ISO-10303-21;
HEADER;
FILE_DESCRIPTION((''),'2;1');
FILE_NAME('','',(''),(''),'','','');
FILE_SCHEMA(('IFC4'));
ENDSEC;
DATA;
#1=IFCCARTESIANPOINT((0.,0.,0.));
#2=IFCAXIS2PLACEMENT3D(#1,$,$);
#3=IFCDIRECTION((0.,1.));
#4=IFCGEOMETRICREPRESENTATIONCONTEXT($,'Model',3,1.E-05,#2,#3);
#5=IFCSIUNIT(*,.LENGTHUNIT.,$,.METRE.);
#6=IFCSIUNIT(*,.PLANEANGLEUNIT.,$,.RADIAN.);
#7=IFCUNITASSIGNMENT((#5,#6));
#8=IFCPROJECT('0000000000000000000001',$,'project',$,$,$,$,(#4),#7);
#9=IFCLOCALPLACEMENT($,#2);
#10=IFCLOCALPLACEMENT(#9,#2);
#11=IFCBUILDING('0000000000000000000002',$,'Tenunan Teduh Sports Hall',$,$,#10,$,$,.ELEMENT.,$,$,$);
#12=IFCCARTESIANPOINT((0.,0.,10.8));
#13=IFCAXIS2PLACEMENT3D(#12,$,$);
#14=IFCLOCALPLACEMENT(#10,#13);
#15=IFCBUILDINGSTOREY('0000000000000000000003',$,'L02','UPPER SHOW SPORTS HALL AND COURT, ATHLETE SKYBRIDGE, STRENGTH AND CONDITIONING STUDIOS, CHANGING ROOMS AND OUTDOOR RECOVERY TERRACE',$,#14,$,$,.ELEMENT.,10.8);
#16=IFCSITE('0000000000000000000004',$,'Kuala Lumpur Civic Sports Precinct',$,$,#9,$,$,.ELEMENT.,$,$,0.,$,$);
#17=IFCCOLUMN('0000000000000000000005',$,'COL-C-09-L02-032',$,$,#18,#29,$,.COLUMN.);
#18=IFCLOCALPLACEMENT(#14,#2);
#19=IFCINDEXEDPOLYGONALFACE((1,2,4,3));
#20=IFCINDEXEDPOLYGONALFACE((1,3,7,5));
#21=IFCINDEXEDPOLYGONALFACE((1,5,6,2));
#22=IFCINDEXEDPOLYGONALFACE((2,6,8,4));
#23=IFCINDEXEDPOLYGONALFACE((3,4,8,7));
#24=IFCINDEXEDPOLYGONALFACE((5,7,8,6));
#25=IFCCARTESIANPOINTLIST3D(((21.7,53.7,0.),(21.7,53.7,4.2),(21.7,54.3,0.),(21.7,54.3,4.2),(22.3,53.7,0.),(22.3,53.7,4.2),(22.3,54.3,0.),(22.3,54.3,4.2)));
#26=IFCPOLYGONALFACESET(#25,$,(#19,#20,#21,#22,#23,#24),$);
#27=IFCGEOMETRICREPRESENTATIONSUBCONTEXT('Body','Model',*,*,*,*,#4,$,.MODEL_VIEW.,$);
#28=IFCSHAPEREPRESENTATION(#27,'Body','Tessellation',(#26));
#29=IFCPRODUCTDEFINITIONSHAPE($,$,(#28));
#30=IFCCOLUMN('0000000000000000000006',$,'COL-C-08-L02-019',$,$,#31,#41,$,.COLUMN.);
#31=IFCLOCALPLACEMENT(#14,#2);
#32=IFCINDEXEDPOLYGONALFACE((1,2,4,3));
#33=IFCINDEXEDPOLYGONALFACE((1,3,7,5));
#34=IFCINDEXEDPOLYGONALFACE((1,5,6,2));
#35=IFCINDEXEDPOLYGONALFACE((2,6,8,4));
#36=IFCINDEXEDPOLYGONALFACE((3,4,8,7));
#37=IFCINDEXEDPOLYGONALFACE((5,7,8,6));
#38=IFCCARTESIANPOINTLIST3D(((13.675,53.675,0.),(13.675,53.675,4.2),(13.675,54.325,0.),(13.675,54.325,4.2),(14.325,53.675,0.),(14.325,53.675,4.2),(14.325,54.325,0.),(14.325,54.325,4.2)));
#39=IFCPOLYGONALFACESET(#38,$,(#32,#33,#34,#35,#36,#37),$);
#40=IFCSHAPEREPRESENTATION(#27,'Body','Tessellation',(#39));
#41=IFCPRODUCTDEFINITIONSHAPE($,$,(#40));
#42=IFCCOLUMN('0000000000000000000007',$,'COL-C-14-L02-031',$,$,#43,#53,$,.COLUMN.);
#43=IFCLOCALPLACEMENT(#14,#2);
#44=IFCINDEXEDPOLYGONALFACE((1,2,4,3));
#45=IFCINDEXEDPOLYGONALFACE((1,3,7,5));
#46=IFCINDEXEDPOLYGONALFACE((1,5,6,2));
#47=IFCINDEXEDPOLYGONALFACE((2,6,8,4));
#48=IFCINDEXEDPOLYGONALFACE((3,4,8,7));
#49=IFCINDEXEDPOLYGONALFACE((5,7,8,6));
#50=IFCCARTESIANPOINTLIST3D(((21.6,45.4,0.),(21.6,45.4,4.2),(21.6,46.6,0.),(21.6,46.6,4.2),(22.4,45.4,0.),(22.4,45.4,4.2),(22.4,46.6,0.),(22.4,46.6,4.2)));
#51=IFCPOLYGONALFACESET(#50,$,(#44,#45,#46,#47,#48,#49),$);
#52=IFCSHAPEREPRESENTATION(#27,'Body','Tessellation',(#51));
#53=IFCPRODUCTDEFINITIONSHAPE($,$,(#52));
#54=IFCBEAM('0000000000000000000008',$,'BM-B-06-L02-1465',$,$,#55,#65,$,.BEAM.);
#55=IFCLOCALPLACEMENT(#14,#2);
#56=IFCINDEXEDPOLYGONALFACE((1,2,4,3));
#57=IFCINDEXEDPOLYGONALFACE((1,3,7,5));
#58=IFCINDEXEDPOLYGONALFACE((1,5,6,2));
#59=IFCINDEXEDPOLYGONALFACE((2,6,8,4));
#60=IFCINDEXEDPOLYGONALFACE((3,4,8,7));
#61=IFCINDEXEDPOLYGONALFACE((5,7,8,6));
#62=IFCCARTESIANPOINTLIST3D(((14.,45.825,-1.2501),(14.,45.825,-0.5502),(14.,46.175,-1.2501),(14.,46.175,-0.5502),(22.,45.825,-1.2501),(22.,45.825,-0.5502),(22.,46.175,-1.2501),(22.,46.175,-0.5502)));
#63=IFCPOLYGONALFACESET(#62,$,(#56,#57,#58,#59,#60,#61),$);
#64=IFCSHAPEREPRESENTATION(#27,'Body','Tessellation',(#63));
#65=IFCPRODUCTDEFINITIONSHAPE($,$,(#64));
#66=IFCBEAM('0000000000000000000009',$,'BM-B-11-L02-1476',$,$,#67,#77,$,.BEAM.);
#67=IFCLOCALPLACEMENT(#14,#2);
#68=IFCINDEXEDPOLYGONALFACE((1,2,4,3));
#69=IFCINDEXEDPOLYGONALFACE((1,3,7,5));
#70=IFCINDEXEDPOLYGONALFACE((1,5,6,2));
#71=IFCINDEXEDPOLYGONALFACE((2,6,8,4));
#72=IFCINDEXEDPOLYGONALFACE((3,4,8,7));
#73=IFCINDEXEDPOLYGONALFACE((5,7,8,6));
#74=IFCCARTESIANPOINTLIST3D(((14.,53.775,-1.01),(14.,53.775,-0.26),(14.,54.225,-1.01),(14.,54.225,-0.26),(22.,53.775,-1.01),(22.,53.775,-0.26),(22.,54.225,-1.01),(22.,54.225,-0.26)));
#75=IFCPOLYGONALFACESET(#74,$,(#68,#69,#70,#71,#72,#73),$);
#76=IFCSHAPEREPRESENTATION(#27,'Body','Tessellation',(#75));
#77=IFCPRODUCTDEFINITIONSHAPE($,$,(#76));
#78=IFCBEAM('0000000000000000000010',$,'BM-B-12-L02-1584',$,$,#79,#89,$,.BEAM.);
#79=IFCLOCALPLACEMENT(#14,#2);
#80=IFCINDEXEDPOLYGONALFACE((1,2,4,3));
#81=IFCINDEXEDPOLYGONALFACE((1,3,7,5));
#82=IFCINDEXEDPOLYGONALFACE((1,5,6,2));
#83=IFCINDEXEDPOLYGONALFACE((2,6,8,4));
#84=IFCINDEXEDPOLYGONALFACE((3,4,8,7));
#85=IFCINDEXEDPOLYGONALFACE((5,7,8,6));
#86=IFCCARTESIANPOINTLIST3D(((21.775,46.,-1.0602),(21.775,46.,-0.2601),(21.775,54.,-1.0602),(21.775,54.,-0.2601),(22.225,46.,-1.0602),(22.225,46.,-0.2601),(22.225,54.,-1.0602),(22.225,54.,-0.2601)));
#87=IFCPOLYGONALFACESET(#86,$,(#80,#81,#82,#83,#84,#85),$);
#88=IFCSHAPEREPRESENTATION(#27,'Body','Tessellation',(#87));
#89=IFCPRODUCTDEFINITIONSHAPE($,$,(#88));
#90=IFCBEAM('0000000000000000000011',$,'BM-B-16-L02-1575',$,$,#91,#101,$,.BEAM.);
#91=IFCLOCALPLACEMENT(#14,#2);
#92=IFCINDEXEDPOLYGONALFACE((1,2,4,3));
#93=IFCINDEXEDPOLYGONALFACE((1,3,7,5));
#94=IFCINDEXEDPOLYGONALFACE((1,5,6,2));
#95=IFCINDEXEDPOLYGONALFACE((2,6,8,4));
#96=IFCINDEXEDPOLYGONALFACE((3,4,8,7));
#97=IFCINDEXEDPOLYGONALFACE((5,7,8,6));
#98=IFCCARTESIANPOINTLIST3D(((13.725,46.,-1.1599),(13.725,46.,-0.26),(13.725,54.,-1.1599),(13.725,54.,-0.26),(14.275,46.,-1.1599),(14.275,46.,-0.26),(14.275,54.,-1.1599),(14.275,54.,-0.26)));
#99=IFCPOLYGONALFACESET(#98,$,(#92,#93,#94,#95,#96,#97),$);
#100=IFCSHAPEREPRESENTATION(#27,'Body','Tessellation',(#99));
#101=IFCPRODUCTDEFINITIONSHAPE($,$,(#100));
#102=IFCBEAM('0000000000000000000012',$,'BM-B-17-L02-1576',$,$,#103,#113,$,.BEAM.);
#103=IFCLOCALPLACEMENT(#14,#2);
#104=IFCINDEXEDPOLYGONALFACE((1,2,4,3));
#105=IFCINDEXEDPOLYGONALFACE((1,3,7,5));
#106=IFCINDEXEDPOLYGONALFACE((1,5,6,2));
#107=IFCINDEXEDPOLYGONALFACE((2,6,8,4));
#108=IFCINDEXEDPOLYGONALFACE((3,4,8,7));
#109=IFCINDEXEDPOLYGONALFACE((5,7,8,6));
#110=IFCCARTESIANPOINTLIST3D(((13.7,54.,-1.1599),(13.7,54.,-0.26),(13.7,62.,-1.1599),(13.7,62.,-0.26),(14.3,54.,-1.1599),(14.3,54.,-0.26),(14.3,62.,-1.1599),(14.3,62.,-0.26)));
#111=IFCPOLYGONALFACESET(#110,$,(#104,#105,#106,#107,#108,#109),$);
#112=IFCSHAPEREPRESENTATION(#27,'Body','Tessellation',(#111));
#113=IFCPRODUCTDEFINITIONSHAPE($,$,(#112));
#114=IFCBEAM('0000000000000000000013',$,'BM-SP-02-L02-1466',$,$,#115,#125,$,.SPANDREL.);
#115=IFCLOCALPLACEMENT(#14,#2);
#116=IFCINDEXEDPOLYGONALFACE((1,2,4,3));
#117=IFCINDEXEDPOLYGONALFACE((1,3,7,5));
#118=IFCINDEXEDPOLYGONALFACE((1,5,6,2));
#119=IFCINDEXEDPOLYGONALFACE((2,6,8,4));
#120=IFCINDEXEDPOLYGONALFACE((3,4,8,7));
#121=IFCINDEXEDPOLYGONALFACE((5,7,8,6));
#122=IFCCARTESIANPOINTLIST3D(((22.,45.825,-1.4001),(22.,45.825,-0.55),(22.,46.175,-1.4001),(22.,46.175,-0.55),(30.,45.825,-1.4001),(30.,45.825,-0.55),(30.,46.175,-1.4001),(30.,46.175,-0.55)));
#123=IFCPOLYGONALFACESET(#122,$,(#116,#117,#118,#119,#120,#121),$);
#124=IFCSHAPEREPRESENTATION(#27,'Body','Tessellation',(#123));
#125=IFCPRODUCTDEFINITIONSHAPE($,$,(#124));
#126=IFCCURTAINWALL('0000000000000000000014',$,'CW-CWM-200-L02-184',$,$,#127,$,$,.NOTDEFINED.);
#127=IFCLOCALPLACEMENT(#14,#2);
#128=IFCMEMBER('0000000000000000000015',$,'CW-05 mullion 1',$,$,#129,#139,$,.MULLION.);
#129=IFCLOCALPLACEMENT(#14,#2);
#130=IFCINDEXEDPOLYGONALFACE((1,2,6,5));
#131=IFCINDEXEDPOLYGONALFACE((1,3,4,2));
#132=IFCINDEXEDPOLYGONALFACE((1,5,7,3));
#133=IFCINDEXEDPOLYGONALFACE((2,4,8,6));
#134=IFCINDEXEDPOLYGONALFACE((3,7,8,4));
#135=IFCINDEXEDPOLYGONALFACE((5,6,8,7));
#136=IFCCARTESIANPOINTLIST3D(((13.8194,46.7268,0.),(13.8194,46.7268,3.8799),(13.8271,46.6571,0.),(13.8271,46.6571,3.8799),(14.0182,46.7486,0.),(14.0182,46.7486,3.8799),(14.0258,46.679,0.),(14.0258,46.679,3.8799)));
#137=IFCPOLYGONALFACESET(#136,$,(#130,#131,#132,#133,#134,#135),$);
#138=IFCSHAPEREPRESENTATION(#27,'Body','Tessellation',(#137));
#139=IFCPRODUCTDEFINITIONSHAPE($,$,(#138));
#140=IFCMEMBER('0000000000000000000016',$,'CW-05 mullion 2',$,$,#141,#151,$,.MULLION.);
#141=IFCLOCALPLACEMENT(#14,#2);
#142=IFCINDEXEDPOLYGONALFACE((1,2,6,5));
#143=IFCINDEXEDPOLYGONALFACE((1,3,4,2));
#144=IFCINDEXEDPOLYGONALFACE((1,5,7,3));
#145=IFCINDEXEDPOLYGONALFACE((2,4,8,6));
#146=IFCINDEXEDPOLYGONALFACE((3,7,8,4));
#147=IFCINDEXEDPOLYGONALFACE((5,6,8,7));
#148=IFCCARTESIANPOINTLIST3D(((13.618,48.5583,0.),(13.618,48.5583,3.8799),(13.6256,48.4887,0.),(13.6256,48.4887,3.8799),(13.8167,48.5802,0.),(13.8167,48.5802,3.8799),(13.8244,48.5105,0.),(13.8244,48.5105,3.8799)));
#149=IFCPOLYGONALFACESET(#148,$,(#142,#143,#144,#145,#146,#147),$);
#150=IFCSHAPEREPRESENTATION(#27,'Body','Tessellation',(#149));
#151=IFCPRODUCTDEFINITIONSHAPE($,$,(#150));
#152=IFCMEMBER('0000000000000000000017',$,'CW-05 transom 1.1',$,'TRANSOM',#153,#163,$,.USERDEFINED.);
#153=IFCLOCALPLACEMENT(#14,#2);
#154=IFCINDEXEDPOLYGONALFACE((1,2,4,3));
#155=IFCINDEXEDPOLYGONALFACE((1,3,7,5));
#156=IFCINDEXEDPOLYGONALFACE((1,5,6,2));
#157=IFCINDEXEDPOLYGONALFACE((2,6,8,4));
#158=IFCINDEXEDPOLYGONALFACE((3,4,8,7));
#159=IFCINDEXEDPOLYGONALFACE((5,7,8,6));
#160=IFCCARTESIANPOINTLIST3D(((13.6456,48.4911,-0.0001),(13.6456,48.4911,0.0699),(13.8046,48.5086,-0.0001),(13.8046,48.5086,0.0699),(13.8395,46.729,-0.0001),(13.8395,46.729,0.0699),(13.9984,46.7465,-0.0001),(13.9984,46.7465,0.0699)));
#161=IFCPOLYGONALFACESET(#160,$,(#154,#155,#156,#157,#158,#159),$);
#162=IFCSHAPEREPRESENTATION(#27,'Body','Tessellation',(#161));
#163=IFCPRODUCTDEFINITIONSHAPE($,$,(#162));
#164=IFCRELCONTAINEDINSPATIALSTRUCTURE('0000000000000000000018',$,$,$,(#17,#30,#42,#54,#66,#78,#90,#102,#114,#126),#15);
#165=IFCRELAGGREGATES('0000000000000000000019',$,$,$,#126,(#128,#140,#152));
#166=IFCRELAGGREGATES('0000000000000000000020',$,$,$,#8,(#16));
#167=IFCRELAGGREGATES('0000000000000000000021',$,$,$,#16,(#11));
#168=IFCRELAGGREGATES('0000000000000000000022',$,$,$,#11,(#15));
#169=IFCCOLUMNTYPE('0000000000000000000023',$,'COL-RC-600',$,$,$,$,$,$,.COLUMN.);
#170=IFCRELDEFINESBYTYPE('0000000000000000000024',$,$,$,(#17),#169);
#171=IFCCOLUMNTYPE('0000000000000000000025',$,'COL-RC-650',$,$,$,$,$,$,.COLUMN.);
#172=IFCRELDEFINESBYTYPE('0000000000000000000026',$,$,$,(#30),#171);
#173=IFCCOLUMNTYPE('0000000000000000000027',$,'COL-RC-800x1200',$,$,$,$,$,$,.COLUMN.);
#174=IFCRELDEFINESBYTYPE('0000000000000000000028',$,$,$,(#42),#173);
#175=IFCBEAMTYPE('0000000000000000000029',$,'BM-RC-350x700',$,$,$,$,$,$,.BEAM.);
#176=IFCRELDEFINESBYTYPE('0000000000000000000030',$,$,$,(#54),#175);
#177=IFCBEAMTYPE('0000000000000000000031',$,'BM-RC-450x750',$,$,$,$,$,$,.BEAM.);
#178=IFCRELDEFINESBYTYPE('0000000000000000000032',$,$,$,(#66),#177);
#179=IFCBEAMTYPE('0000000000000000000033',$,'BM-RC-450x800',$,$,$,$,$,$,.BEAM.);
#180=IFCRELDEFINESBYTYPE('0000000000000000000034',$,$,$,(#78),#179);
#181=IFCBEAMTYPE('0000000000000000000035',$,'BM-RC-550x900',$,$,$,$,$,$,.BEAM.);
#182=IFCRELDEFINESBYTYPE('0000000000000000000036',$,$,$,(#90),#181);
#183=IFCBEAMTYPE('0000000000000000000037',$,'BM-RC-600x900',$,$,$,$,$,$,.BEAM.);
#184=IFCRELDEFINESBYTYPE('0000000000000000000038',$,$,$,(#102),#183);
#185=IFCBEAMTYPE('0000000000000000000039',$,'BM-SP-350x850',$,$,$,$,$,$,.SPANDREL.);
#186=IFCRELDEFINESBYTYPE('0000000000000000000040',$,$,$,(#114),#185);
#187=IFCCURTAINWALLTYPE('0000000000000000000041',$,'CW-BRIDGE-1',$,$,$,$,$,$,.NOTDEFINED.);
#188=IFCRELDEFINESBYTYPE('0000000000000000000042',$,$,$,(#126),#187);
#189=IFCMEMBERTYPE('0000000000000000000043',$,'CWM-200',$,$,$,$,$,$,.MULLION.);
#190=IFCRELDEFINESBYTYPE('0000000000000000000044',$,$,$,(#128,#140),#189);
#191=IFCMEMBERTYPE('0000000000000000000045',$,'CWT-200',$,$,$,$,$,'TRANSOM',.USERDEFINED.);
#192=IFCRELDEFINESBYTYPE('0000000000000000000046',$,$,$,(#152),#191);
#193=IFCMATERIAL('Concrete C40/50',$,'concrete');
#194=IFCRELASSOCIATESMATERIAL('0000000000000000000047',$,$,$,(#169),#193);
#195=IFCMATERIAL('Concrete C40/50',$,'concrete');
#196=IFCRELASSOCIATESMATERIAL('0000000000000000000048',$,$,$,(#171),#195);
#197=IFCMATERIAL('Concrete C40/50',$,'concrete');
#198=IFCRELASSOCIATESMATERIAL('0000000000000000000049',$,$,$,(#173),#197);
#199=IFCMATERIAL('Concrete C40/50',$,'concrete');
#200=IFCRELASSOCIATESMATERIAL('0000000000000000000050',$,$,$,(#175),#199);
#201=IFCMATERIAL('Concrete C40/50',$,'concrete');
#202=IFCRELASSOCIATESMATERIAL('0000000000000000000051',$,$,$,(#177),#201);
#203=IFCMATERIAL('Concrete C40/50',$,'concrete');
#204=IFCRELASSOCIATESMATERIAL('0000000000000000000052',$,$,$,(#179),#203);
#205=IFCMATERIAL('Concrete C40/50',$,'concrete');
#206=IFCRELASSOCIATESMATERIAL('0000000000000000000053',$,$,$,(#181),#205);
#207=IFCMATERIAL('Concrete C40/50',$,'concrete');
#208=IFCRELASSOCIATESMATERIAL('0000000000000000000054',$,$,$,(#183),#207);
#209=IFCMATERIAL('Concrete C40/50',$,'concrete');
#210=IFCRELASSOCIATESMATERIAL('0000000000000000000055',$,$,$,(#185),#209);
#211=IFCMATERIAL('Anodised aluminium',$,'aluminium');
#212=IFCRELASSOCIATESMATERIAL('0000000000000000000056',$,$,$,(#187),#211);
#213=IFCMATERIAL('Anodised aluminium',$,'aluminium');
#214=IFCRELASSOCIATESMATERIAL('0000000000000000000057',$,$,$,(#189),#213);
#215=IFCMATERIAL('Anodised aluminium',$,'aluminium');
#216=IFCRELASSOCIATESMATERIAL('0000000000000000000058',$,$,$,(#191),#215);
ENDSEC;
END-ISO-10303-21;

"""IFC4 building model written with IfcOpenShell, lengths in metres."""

from ifc_helpers import new_model, si_unit, direction, frame, origin, origin_2d, place, context, subcontext, project, spatial, rectangle, extrude, material, material_profile, profile_set, type_object, element, aggregate, save


model = new_model("IFC4")

# Units and contexts
model_context = context("Model", 3, precision=1e-05, world=origin(), true_north=direction((0.0, 1.0)))
body_context = subcontext(model_context, "Body", "Model", "MODEL_VIEW")
ifc_project = project(units=[si_unit("LENGTHUNIT", "METRE"), si_unit("PLANEANGLEUNIT", "RADIAN")], contexts=[model_context])

# Site, building, storey
site_placement = place(None, origin())
site = spatial("IfcSite", under=ifc_project, at=site_placement, Name="Kuala Lumpur Civic Sports Precinct", CompositionType="ELEMENT", RefElevation=0.0)
building_placement = place(site_placement, origin())
building = spatial("IfcBuilding", under=site, at=building_placement, Name="Tenunan Teduh Sports Hall", CompositionType="ELEMENT")
storey_placement = place(building_placement, frame((0.0, 0.0, 10.8)))
storey = spatial("IfcBuildingStorey", under=building, at=storey_placement, Name="L02", Description="UPPER SHOW SPORTS HALL AND COURT, ATHLETE SKYBRIDGE, STRENGTH AND CONDITIONING STUDIOS, CHANGING ROOMS AND OUTDOOR RECOVERY TERRACE", CompositionType="ELEMENT", Elevation=10.8)

# Columns
ifc_material_1 = material(Name="Concrete C40/50", Category="concrete")
ifc_material_profile_1 = material_profile(ifc_material_1, rectangle(XDim=0.6001, YDim=0.6001, at=origin_2d()), Name="RC 600x600")
ifc_profile_set_1 = profile_set([ifc_material_profile_1], Name="Concrete C40/50")
column_type_1 = type_object("IfcColumnType", Name="COL-RC-600", PredefinedType="COLUMN", material=ifc_profile_set_1)
column_1_placement = place(storey_placement, frame((22.0, 54.0, 0.0), z_axis=(0.0, 0.0, 1.0), x_axis=(1.0, 0.0, 0.0)))
element("IfcColumn", 1, at=column_1_placement, inside=storey, type_object=column_type_1, Name="COL-C-09-L02-032", PredefinedType="COLUMN", context=body_context, shape_type="SweptSolid", body=[
    extrude(rectangle(XDim=0.6001, YDim=0.6001, at=origin_2d()), origin(), (0.0, 0.0, 1.0), 4.2),
])
ifc_material_2 = material(Name="Concrete C40/50", Category="concrete")
ifc_material_profile_2 = material_profile(ifc_material_2, rectangle(XDim=0.6499, YDim=0.6499, at=origin_2d()), Name="RC 650x650")
ifc_profile_set_2 = profile_set([ifc_material_profile_2], Name="Concrete C40/50")
column_type_2 = type_object("IfcColumnType", Name="COL-RC-650", PredefinedType="COLUMN", material=ifc_profile_set_2)
column_2_placement = place(storey_placement, frame((14.0, 54.0, 0.0), z_axis=(0.0, 0.0, 1.0), x_axis=(1.0, 0.0, 0.0)))
element("IfcColumn", 2, at=column_2_placement, inside=storey, type_object=column_type_2, Name="COL-C-08-L02-019", PredefinedType="COLUMN", context=body_context, shape_type="SweptSolid", body=[
    extrude(rectangle(XDim=0.6499, YDim=0.6499, at=origin_2d()), origin(), (0.0, 0.0, 1.0), 4.2),
])
ifc_material_3 = material(Name="Concrete C40/50", Category="concrete")
ifc_material_profile_3 = material_profile(ifc_material_3, rectangle(XDim=0.8, YDim=1.2, at=origin_2d()), Name="RC 800x1200")
ifc_profile_set_3 = profile_set([ifc_material_profile_3], Name="Concrete C40/50")
column_type_3 = type_object("IfcColumnType", Name="COL-RC-800x1200", PredefinedType="COLUMN", material=ifc_profile_set_3)
column_3_placement = place(storey_placement, frame((22.0, 46.0, 0.0), z_axis=(0.0, 0.0, 1.0), x_axis=(1.0, 0.0, 0.0)))
element("IfcColumn", 3, at=column_3_placement, inside=storey, type_object=column_type_3, Name="COL-C-14-L02-031", PredefinedType="COLUMN", context=body_context, shape_type="SweptSolid", body=[
    extrude(rectangle(XDim=0.8, YDim=1.2, at=origin_2d()), origin(), (0.0, 0.0, 1.0), 4.2),
])

# Beams
ifc_material_4 = material(Name="Concrete C40/50", Category="concrete")
ifc_material_profile_4 = material_profile(ifc_material_4, rectangle(XDim=0.3501, YDim=0.7, at=origin_2d()), Name="RCB 350x700")
ifc_profile_set_4 = profile_set([ifc_material_profile_4], Name="Concrete C40/50")
beam_type_1 = type_object("IfcBeamType", Name="BM-RC-350x700", PredefinedType="BEAM", material=ifc_profile_set_4)
beam_1_placement = place(storey_placement, frame((14.0, 46.0, -0.9001), z_axis=(1.0, 0.0, 0.0), x_axis=(0.0, 1.0, 0.0)))
element("IfcBeam", 4, at=beam_1_placement, inside=storey, type_object=beam_type_1, Name="BM-B-06-L02-1465", PredefinedType="BEAM", context=body_context, shape_type="SweptSolid", body=[
    extrude(rectangle(XDim=0.3501, YDim=0.7, at=origin_2d()), origin(), (0.0, 0.0, 1.0), 8.0),
])
ifc_material_5 = material(Name="Concrete C40/50", Category="concrete")
ifc_material_profile_5 = material_profile(ifc_material_5, rectangle(XDim=0.45, YDim=0.75, at=origin_2d()), Name="RCB 450x750")
ifc_profile_set_5 = profile_set([ifc_material_profile_5], Name="Concrete C40/50")
beam_type_2 = type_object("IfcBeamType", Name="BM-RC-450x750", PredefinedType="BEAM", material=ifc_profile_set_5)
beam_2_placement = place(storey_placement, frame((14.0, 54.0, -0.635), z_axis=(1.0, 0.0, 0.0), x_axis=(0.0, 1.0, 0.0)))
element("IfcBeam", 5, at=beam_2_placement, inside=storey, type_object=beam_type_2, Name="BM-B-11-L02-1476", PredefinedType="BEAM", context=body_context, shape_type="SweptSolid", body=[
    extrude(rectangle(XDim=0.45, YDim=0.75, at=origin_2d()), origin(), (0.0, 0.0, 1.0), 8.0),
])
ifc_material_6 = material(Name="Concrete C40/50", Category="concrete")
ifc_material_profile_6 = material_profile(ifc_material_6, rectangle(XDim=0.45, YDim=0.8, at=origin_2d()), Name="RCB 450x800")
ifc_profile_set_6 = profile_set([ifc_material_profile_6], Name="Concrete C40/50")
beam_type_3 = type_object("IfcBeamType", Name="BM-RC-450x800", PredefinedType="BEAM", material=ifc_profile_set_6)
beam_3_placement = place(storey_placement, frame((22.0, 46.0, -0.6602), z_axis=(0.0, 1.0, 0.0), x_axis=(-1.0, 0.0, 0.0)))
element("IfcBeam", 6, at=beam_3_placement, inside=storey, type_object=beam_type_3, Name="BM-B-12-L02-1584", PredefinedType="BEAM", context=body_context, shape_type="SweptSolid", body=[
    extrude(rectangle(XDim=0.45, YDim=0.8, at=origin_2d()), origin(), (0.0, 0.0, 1.0), 8.0),
])
ifc_material_7 = material(Name="Concrete C40/50", Category="concrete")
ifc_material_profile_7 = material_profile(ifc_material_7, rectangle(XDim=0.55, YDim=0.8999, at=origin_2d()), Name="RCB 550x900")
ifc_profile_set_7 = profile_set([ifc_material_profile_7], Name="Concrete C40/50")
beam_type_4 = type_object("IfcBeamType", Name="BM-RC-550x900", PredefinedType="BEAM", material=ifc_profile_set_7)
beam_4_placement = place(storey_placement, frame((14.0, 46.0, -0.71), z_axis=(0.0, 1.0, 0.0), x_axis=(-1.0, 0.0, 0.0)))
element("IfcBeam", 7, at=beam_4_placement, inside=storey, type_object=beam_type_4, Name="BM-B-16-L02-1575", PredefinedType="BEAM", context=body_context, shape_type="SweptSolid", body=[
    extrude(rectangle(XDim=0.55, YDim=0.8999, at=origin_2d()), origin(), (0.0, 0.0, 1.0), 8.0),
])
ifc_material_8 = material(Name="Concrete C40/50", Category="concrete")
ifc_material_profile_8 = material_profile(ifc_material_8, rectangle(XDim=0.6001, YDim=0.8999, at=origin_2d()), Name="RCB 600x900")
ifc_profile_set_8 = profile_set([ifc_material_profile_8], Name="Concrete C40/50")
beam_type_5 = type_object("IfcBeamType", Name="BM-RC-600x900", PredefinedType="BEAM", material=ifc_profile_set_8)
beam_5_placement = place(storey_placement, frame((14.0, 54.0, -0.71), z_axis=(0.0, 1.0, 0.0), x_axis=(-1.0, 0.0, 0.0)))
element("IfcBeam", 8, at=beam_5_placement, inside=storey, type_object=beam_type_5, Name="BM-B-17-L02-1576", PredefinedType="BEAM", context=body_context, shape_type="SweptSolid", body=[
    extrude(rectangle(XDim=0.6001, YDim=0.8999, at=origin_2d()), origin(), (0.0, 0.0, 1.0), 8.0),
])
ifc_material_9 = material(Name="Concrete C40/50", Category="concrete")
ifc_material_profile_9 = material_profile(ifc_material_9, rectangle(XDim=0.3501, YDim=0.8501, at=origin_2d()), Name="SPB 350x850")
ifc_profile_set_9 = profile_set([ifc_material_profile_9], Name="Concrete C40/50")
beam_type_6 = type_object("IfcBeamType", Name="BM-SP-350x850", PredefinedType="SPANDREL", material=ifc_profile_set_9)
beam_6_placement = place(storey_placement, frame((22.0, 46.0, -0.9751), z_axis=(1.0, 0.0, 0.0), x_axis=(0.0, 1.0, 0.0)))
element("IfcBeam", 9, at=beam_6_placement, inside=storey, type_object=beam_type_6, Name="BM-SP-02-L02-1466", PredefinedType="SPANDREL", context=body_context, shape_type="SweptSolid", body=[
    extrude(rectangle(XDim=0.3501, YDim=0.8501, at=origin_2d()), origin(), (0.0, 0.0, 1.0), 8.0),
])

# Curtain wall, members
ifc_material_10 = material(Name="Anodised aluminium", Category="aluminium")
curtain_wall_type = type_object("IfcCurtainWallType", Name="CW-BRIDGE-1", PredefinedType="NOTDEFINED", material=ifc_material_10)
curtain_wall_placement = place(storey_placement, origin())
curtain_wall = element("IfcCurtainWall", 10, at=curtain_wall_placement, inside=storey, type_object=curtain_wall_type, Name="CW-CWM-200-L02-184", PredefinedType="NOTDEFINED")
ifc_material_11 = material(Name="Anodised aluminium", Category="aluminium")
ifc_material_profile_10 = material_profile(ifc_material_11, rectangle(XDim=0.0701, YDim=0.2, at=origin_2d()), Name="CWM 70x200")
ifc_profile_set_10 = profile_set([ifc_material_profile_10], Name="Anodised aluminium")
member_type_1 = type_object("IfcMemberType", Name="CWM-200", PredefinedType="MULLION", material=ifc_profile_set_10)
member_1_placement = place(storey_placement, frame((13.9226, 46.7029, 0.0), z_axis=(0.0, 0.0, 1.0), x_axis=(-0.109339, 0.994005, 0.0)))
member_1 = element("IfcMember", 11, at=member_1_placement, type_object=member_type_1, Name="CW-05 mullion 1", PredefinedType="MULLION", context=body_context, shape_type="SweptSolid", body=[
    extrude(rectangle(XDim=0.0701, YDim=0.2, at=origin_2d()), origin(), (0.0, 0.0, 1.0), 3.8799),
])
member_2_placement = place(storey_placement, frame((13.7212, 48.5344, 0.0), z_axis=(0.0, 0.0, 1.0), x_axis=(-0.109339, 0.994005, 0.0)))
member_2 = element("IfcMember", 12, at=member_2_placement, type_object=member_type_1, Name="CW-05 mullion 2", PredefinedType="MULLION", context=body_context, shape_type="SweptSolid", body=[
    extrude(rectangle(XDim=0.0701, YDim=0.2, at=origin_2d()), origin(), (0.0, 0.0, 1.0), 3.8799),
])
ifc_material_12 = material(Name="Anodised aluminium", Category="aluminium")
ifc_material_profile_11 = material_profile(ifc_material_12, rectangle(XDim=0.0701, YDim=0.1599, at=origin_2d()), Name="CWT 70x160")
ifc_profile_set_11 = profile_set([ifc_material_profile_11], Name="Anodised aluminium")
member_type_2 = type_object("IfcMemberType", Name="CWT-200", ElementType="TRANSOM", PredefinedType="USERDEFINED", material=ifc_profile_set_11)
member_3_placement = place(storey_placement, frame((13.9189, 46.7378, 0.0349), z_axis=(-0.109358, 0.994002, 0.0), x_axis=(0.0, 0.0, 1.0)))
member_3 = element("IfcMember", 13, at=member_3_placement, type_object=member_type_2, Name="CW-05 transom 1.1", ObjectType="TRANSOM", PredefinedType="USERDEFINED", context=body_context, shape_type="SweptSolid", body=[
    extrude(rectangle(XDim=0.0701, YDim=0.1599, at=origin_2d()), origin(), (0.0, 0.0, 1.0), 1.7727),
])

aggregate(curtain_wall, [member_1, member_2, member_3])

save(model, "model.ifc")
